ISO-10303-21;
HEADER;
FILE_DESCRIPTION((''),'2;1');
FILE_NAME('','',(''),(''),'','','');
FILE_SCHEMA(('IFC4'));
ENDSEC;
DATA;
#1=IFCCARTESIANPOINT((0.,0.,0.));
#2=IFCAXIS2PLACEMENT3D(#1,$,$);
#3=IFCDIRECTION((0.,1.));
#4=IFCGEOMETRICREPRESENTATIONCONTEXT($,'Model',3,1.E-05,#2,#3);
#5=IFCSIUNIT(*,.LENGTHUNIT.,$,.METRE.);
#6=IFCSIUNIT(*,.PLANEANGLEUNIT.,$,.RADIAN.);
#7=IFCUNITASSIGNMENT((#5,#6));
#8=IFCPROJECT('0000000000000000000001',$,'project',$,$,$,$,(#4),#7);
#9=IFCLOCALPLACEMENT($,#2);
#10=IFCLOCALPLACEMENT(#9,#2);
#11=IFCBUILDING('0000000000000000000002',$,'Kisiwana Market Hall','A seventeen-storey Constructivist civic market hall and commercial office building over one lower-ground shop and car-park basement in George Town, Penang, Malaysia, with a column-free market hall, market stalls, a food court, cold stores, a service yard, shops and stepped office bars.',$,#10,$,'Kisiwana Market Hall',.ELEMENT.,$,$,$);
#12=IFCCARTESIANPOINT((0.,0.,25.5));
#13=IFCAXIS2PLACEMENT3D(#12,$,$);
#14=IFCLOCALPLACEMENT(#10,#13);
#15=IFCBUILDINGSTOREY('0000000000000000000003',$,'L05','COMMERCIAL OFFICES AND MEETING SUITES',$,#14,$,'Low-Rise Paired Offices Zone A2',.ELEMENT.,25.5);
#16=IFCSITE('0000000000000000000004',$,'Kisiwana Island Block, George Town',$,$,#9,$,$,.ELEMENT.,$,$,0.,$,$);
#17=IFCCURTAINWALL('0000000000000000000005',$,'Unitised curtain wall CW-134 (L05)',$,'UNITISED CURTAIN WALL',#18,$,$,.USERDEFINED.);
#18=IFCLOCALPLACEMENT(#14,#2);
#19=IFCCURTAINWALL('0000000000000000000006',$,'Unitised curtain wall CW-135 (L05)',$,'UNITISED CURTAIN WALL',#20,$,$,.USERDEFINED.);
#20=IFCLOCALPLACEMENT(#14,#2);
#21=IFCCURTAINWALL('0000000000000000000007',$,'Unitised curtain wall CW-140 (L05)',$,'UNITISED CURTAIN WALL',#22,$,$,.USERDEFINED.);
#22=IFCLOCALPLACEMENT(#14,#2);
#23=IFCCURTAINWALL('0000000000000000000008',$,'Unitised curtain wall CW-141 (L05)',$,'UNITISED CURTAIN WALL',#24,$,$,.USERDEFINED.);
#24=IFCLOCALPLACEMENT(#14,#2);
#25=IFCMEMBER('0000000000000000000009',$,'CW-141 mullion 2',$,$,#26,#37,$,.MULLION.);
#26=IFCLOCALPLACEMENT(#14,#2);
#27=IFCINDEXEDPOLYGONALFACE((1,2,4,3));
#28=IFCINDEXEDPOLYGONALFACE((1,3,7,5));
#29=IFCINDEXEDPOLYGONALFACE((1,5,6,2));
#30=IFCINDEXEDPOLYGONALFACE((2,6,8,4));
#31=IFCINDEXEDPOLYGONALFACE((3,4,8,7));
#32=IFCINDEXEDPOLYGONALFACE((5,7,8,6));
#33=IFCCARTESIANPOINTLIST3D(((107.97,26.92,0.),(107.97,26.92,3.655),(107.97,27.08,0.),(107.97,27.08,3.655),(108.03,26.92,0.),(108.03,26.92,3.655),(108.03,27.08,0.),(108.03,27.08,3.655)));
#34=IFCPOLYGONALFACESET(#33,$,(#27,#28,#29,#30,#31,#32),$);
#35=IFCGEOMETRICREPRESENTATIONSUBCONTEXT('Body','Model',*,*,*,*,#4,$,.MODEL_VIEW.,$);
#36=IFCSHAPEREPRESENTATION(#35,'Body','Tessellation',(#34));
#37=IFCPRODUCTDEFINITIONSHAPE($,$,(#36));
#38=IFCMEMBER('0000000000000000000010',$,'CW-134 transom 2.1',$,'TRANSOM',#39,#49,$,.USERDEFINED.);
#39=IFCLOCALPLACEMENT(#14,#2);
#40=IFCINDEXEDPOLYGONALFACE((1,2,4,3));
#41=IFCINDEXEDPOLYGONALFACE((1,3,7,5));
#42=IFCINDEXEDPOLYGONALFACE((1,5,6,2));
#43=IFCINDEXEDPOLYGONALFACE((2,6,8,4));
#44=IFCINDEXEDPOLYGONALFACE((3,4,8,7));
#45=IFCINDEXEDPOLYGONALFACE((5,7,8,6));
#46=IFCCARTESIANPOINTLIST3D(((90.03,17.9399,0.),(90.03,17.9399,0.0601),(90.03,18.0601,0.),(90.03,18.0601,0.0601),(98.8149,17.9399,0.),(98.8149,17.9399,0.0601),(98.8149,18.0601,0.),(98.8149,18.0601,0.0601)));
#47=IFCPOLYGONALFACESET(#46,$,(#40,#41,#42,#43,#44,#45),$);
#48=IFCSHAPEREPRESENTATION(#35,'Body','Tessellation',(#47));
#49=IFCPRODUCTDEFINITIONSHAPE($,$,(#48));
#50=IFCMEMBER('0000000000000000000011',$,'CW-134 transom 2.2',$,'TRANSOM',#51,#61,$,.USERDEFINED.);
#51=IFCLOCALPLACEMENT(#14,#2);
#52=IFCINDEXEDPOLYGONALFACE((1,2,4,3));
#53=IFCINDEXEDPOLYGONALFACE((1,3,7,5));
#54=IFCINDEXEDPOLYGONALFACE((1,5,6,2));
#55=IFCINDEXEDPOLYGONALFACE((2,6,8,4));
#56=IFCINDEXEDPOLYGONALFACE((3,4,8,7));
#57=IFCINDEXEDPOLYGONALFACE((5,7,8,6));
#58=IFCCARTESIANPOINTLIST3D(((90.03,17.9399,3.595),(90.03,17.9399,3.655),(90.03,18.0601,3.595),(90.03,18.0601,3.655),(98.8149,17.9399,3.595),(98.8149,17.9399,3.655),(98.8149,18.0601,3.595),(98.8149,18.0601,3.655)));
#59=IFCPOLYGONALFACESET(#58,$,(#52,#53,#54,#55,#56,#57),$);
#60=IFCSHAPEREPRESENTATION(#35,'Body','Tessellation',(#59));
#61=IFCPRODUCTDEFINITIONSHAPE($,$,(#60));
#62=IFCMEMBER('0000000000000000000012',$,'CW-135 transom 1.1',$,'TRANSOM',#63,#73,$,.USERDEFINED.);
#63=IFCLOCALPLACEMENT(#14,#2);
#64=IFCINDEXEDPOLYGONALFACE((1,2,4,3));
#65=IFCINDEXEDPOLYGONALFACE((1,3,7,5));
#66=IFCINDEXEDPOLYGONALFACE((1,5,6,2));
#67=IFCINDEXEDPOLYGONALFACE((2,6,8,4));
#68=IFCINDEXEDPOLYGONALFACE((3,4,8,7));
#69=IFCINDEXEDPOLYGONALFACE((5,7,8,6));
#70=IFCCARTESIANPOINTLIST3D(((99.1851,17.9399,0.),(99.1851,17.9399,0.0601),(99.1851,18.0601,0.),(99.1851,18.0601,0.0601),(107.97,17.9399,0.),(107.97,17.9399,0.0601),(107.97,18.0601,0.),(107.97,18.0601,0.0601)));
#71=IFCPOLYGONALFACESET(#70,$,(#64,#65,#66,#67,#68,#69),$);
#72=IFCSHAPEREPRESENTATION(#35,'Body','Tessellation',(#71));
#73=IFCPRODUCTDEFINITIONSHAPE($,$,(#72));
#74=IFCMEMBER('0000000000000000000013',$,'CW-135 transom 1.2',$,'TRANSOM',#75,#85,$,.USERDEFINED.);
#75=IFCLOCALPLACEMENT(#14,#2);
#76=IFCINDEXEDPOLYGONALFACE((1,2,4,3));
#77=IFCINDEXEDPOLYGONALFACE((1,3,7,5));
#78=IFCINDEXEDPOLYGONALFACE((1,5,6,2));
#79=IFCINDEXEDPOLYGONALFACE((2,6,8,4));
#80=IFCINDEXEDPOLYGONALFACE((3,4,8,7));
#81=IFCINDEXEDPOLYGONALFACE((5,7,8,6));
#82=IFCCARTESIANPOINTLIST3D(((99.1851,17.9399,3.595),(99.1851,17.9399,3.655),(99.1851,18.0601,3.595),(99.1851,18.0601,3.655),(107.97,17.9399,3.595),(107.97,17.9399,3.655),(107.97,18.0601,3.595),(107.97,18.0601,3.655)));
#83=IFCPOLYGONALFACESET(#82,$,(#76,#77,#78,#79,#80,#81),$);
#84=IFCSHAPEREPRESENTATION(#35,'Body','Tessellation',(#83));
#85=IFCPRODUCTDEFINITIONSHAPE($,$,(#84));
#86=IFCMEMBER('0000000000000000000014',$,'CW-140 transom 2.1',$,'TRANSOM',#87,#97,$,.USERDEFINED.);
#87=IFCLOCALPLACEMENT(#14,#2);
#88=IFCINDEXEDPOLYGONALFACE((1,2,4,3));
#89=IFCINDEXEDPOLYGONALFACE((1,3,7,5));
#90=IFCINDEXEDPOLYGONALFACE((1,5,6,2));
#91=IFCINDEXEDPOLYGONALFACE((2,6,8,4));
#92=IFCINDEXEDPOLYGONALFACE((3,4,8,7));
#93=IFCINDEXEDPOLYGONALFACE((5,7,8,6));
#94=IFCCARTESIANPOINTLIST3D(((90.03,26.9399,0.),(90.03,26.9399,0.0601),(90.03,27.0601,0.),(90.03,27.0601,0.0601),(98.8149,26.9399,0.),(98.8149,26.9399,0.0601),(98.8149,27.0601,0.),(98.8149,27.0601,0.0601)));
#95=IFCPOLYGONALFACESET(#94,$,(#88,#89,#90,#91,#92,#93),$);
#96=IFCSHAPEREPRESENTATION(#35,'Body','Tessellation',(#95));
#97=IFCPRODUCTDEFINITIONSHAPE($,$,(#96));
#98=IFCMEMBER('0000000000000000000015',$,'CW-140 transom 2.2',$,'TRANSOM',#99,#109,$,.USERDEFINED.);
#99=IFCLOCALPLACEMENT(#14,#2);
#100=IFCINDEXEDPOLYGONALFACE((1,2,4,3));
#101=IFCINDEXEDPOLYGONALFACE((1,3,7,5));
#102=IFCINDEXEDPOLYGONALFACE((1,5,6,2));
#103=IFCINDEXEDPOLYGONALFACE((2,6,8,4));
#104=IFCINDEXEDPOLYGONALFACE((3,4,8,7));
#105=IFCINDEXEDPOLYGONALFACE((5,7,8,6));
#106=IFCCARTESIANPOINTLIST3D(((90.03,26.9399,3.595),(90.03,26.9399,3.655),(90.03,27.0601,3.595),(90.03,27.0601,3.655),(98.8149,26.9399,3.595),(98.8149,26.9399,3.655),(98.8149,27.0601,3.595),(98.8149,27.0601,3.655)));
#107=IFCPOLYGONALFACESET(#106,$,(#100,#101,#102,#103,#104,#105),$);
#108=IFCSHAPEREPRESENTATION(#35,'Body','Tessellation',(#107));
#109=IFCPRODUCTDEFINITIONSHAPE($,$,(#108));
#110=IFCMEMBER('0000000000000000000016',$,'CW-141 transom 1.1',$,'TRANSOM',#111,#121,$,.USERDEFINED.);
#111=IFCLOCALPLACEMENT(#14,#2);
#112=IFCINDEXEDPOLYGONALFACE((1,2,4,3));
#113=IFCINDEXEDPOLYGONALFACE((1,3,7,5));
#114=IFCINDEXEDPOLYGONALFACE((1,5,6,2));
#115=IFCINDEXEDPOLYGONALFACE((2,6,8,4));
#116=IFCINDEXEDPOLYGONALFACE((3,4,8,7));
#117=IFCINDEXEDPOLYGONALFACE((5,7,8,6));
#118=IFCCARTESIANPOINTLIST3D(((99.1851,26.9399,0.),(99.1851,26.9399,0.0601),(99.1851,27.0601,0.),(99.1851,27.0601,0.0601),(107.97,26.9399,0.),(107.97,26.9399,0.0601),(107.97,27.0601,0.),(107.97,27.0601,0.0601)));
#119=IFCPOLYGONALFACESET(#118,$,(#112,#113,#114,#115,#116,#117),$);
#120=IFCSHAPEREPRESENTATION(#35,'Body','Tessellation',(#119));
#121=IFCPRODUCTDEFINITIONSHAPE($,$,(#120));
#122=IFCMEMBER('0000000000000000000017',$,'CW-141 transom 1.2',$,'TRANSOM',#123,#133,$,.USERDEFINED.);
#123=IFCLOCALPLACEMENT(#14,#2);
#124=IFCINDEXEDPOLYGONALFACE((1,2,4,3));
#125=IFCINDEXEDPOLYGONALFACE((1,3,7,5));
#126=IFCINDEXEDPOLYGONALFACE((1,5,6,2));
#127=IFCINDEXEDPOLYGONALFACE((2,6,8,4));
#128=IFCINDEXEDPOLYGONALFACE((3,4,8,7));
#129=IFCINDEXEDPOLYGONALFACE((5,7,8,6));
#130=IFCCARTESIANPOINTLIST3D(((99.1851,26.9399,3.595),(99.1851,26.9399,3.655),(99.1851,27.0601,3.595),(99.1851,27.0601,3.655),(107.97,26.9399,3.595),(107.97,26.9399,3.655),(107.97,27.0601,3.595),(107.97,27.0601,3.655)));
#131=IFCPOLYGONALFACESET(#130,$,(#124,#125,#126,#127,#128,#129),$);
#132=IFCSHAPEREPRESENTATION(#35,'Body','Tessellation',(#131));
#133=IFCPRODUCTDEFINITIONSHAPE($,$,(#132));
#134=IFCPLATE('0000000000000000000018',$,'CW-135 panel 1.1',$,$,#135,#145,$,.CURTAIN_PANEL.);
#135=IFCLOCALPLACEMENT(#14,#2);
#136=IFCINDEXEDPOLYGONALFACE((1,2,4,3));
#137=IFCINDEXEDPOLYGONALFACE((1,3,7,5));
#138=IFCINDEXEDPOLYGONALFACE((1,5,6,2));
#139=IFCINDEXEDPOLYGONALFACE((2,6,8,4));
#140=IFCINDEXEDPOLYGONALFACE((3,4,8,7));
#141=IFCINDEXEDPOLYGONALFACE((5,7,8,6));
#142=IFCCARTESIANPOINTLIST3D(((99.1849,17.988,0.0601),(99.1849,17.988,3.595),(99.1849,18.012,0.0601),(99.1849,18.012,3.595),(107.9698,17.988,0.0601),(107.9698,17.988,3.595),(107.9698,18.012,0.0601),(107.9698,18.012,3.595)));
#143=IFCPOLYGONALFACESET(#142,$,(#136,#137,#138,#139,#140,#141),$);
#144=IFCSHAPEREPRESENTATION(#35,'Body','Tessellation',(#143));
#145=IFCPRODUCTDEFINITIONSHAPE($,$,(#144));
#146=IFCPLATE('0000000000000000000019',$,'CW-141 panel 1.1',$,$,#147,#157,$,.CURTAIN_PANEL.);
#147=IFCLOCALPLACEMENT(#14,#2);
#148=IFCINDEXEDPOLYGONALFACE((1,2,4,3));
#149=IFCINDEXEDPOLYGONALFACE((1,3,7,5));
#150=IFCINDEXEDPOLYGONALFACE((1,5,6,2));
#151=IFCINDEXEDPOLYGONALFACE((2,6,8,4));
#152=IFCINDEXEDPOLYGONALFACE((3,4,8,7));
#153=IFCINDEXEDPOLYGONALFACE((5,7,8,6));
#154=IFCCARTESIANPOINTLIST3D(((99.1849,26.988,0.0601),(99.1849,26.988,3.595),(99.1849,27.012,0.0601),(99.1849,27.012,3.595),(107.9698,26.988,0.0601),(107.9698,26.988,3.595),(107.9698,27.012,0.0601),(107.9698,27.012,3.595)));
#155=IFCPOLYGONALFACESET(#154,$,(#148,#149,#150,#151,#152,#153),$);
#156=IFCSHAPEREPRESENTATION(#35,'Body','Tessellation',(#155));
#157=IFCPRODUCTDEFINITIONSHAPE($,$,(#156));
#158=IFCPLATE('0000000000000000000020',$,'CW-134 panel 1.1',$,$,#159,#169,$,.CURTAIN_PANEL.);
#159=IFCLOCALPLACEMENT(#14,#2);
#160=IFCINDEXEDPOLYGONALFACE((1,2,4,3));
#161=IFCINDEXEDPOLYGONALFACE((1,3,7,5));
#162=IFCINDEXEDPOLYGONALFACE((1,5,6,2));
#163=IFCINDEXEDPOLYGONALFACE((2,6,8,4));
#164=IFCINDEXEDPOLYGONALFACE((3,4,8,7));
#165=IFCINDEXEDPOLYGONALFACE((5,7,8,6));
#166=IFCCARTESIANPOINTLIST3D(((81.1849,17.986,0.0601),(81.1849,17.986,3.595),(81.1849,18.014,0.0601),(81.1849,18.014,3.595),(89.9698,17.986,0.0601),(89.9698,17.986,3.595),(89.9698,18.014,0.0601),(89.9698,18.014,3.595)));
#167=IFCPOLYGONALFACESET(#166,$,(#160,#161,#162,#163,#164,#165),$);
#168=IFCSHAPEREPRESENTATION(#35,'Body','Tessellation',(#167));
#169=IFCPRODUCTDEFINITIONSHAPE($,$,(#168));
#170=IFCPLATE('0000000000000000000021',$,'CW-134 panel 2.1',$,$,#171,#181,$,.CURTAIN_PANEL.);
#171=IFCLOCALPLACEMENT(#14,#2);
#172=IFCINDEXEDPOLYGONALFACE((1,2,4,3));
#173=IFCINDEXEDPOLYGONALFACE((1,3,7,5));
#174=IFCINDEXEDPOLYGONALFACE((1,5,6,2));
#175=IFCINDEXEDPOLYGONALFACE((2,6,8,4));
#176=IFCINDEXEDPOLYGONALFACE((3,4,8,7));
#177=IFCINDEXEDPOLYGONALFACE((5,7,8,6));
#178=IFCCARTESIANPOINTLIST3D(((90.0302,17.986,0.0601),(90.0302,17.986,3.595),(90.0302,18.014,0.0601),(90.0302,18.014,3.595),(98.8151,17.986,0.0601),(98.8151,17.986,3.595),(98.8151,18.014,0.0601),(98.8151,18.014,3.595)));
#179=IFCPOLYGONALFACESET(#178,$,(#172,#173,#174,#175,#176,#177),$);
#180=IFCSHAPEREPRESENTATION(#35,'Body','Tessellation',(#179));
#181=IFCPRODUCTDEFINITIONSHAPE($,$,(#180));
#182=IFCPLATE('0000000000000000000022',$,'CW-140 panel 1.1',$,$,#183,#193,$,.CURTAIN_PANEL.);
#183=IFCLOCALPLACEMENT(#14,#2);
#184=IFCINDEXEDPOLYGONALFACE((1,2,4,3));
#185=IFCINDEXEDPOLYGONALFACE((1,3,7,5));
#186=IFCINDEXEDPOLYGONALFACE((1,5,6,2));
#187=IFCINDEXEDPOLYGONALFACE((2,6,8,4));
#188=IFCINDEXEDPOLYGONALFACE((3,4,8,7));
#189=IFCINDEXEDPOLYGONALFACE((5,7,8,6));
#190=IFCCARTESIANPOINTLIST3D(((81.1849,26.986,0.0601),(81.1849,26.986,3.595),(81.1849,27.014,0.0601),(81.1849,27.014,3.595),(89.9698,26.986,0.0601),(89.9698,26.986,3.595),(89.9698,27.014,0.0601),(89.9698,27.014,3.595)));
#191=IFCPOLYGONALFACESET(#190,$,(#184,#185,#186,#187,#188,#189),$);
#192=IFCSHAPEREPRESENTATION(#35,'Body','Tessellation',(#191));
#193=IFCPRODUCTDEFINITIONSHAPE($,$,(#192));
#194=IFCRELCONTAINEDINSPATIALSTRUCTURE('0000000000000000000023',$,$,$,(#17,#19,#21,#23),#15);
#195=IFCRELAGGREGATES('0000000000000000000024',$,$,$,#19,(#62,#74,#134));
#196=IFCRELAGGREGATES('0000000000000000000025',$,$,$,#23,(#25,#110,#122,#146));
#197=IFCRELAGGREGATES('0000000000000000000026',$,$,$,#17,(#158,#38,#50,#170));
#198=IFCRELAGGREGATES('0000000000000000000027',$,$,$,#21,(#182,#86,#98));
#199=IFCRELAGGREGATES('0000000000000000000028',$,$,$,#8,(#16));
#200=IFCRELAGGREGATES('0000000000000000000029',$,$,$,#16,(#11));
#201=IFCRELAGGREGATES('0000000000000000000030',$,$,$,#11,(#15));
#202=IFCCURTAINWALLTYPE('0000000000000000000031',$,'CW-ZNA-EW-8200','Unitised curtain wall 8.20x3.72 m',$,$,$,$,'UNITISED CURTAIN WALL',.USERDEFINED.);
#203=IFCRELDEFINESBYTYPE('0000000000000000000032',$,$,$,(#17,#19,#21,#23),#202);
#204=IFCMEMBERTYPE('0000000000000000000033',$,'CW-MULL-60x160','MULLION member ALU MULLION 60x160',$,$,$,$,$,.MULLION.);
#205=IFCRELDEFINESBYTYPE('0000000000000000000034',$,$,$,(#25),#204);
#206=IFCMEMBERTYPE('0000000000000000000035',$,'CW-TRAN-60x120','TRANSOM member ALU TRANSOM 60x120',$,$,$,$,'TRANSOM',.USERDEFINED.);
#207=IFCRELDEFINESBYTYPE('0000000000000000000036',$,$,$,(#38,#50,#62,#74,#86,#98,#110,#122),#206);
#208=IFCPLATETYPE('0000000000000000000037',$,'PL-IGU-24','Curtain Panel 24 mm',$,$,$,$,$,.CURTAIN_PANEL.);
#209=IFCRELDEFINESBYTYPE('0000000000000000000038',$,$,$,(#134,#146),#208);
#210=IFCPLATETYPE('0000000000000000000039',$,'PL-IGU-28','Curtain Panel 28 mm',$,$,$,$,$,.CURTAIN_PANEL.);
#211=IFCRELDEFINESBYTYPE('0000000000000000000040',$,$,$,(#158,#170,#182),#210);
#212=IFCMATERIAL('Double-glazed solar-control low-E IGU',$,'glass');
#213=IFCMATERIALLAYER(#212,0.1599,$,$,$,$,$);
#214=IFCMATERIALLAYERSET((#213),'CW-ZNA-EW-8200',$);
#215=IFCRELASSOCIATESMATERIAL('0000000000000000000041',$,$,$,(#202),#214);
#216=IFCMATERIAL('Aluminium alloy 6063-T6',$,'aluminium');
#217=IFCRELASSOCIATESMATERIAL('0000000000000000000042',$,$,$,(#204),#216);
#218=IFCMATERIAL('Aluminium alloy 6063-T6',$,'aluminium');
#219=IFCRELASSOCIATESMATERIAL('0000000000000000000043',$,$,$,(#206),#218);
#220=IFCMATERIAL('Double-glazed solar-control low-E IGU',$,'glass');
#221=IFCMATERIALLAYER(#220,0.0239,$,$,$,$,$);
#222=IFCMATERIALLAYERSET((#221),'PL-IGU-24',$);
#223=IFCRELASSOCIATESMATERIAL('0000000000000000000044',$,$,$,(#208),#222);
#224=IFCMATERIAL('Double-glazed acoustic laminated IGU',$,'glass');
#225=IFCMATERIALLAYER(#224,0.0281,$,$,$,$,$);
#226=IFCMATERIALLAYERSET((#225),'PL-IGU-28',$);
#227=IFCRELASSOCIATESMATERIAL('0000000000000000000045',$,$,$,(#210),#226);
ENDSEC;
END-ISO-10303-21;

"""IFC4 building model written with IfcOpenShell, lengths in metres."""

from ifc_helpers import new_model, si_unit, direction, frame, origin, origin_2d, place, context, subcontext, project, spatial, rectangle, extrude, material, layer, layer_set, material_profile, profile_set, type_object, element, aggregate, save


model = new_model("IFC4")

# Units and contexts
model_context = context("Model", 3, precision=1e-05, world=origin(), true_north=direction((0.0, 1.0)))
body_context = subcontext(model_context, "Body", "Model", "MODEL_VIEW")
ifc_project = project(units=[si_unit("LENGTHUNIT", "METRE"), si_unit("PLANEANGLEUNIT", "RADIAN")], contexts=[model_context])

# Site, building, storey
site_placement = place(None, origin())
site = spatial("IfcSite", under=ifc_project, at=site_placement, Name="Kisiwana Island Block, George Town", CompositionType="ELEMENT", RefElevation=0.0)
building_placement = place(site_placement, origin())
building = spatial("IfcBuilding", under=site, at=building_placement, Name="Kisiwana Market Hall", Description="A seventeen-storey Constructivist civic market hall and commercial office building over one lower-ground shop and car-park basement in George Town, Penang, Malaysia, with a column-free market hall, market stalls, a food court, cold stores, a service yard, shops and stepped office bars.", LongName="Kisiwana Market Hall", CompositionType="ELEMENT")
storey_placement = place(building_placement, frame((0.0, 0.0, 25.5)))
storey = spatial("IfcBuildingStorey", under=building, at=storey_placement, Name="L05", Description="COMMERCIAL OFFICES AND MEETING SUITES", LongName="Low-Rise Paired Offices Zone A2", CompositionType="ELEMENT", Elevation=25.5)

# Curtain walls, member
ifc_material_1 = material(Name="Double-glazed solar-control low-E IGU", Category="glass")
ifc_layer_1 = layer(ifc_material_1, 0.1599)
ifc_layer_set_1 = layer_set([ifc_layer_1], Name="CW-ZNA-EW-8200")
curtain_wall_type = type_object("IfcCurtainWallType", Name="CW-ZNA-EW-8200", Description="Unitised curtain wall 8.20x3.72 m", ElementType="UNITISED CURTAIN WALL", PredefinedType="USERDEFINED", material=ifc_layer_set_1)
curtain_wall_1_placement = place(storey_placement, origin())
curtain_wall_1 = element("IfcCurtainWall", 1, at=curtain_wall_1_placement, inside=storey, type_object=curtain_wall_type, Name="Unitised curtain wall CW-134 (L05)", ObjectType="UNITISED CURTAIN WALL", PredefinedType="USERDEFINED")
ifc_material_2 = material(Name="Aluminium alloy 6063-T6", Category="aluminium")
ifc_material_profile_1 = material_profile(ifc_material_2, rectangle(XDim=0.0601, YDim=0.1599, at=origin_2d()), Name="ALU MULLION 60x160")
ifc_profile_set_1 = profile_set([ifc_material_profile_1], Name="Aluminium alloy 6063-T6")
member_type_1 = type_object("IfcMemberType", Name="CW-MULL-60x160", Description="MULLION member ALU MULLION 60x160", PredefinedType="MULLION", material=ifc_profile_set_1)
curtain_wall_2_placement = place(storey_placement, origin())
curtain_wall_2 = element("IfcCurtainWall", 2, at=curtain_wall_2_placement, inside=storey, type_object=curtain_wall_type, Name="Unitised curtain wall CW-135 (L05)", ObjectType="UNITISED CURTAIN WALL", PredefinedType="USERDEFINED")
curtain_wall_3_placement = place(storey_placement, origin())
curtain_wall_3 = element("IfcCurtainWall", 3, at=curtain_wall_3_placement, inside=storey, type_object=curtain_wall_type, Name="Unitised curtain wall CW-140 (L05)", ObjectType="UNITISED CURTAIN WALL", PredefinedType="USERDEFINED")
curtain_wall_4_placement = place(storey_placement, origin())
curtain_wall_4 = element("IfcCurtainWall", 4, at=curtain_wall_4_placement, inside=storey, type_object=curtain_wall_type, Name="Unitised curtain wall CW-141 (L05)", ObjectType="UNITISED CURTAIN WALL", PredefinedType="USERDEFINED")
member_1_placement = place(storey_placement, frame((108.0, 27.0, 0.0), z_axis=(0.0, 0.0, 1.0), x_axis=(1.0, 0.0, 0.0)))
member_1 = element("IfcMember", 5, at=member_1_placement, type_object=member_type_1, Name="CW-141 mullion 2", PredefinedType="MULLION", context=body_context, shape_type="SweptSolid", body=[
    extrude(rectangle(XDim=0.0601, YDim=0.1599, at=origin_2d()), origin(), (0.0, 0.0, 1.0), 3.655),
])

# Members
ifc_material_3 = material(Name="Aluminium alloy 6063-T6", Category="aluminium")
ifc_material_profile_2 = material_profile(ifc_material_3, rectangle(XDim=0.1201, YDim=0.0601, at=origin_2d()), Name="ALU TRANSOM 60x120")
ifc_profile_set_2 = profile_set([ifc_material_profile_2], Name="Aluminium alloy 6063-T6")
member_type_2 = type_object("IfcMemberType", Name="CW-TRAN-60x120", Description="TRANSOM member ALU TRANSOM 60x120", ElementType="TRANSOM", PredefinedType="USERDEFINED", material=ifc_profile_set_2)
member_2_placement = place(storey_placement, frame((90.03, 18.0, 0.03), z_axis=(1.0, 0.0, 0.0), x_axis=(0.0, 1.0, 0.0)))
member_2 = element("IfcMember", 6, at=member_2_placement, type_object=member_type_2, Name="CW-134 transom 2.1", ObjectType="TRANSOM", PredefinedType="USERDEFINED", context=body_context, shape_type="SweptSolid", body=[
    extrude(rectangle(XDim=0.1201, YDim=0.0601, at=origin_2d()), origin(), (0.0, 0.0, 1.0), 8.7849),
])
member_3_placement = place(storey_placement, frame((90.03, 18.0, 3.625), z_axis=(1.0, 0.0, 0.0), x_axis=(0.0, 1.0, 0.0)))
member_3 = element("IfcMember", 7, at=member_3_placement, type_object=member_type_2, Name="CW-134 transom 2.2", ObjectType="TRANSOM", PredefinedType="USERDEFINED", context=body_context, shape_type="SweptSolid", body=[
    extrude(rectangle(XDim=0.1201, YDim=0.0601, at=origin_2d()), origin(), (0.0, 0.0, 1.0), 8.7849),
])
member_4_placement = place(storey_placement, frame((99.1851, 18.0, 0.03), z_axis=(1.0, 0.0, 0.0), x_axis=(0.0, 1.0, 0.0)))
member_4 = element("IfcMember", 8, at=member_4_placement, type_object=member_type_2, Name="CW-135 transom 1.1", ObjectType="TRANSOM", PredefinedType="USERDEFINED", context=body_context, shape_type="SweptSolid", body=[
    extrude(rectangle(XDim=0.1201, YDim=0.0601, at=origin_2d()), origin(), (0.0, 0.0, 1.0), 8.7849),
])
member_5_placement = place(storey_placement, frame((99.1851, 18.0, 3.625), z_axis=(1.0, 0.0, 0.0), x_axis=(0.0, 1.0, 0.0)))
member_5 = element("IfcMember", 9, at=member_5_placement, type_object=member_type_2, Name="CW-135 transom 1.2", ObjectType="TRANSOM", PredefinedType="USERDEFINED", context=body_context, shape_type="SweptSolid", body=[
    extrude(rectangle(XDim=0.1201, YDim=0.0601, at=origin_2d()), origin(), (0.0, 0.0, 1.0), 8.7849),
])
member_6_placement = place(storey_placement, frame((90.03, 27.0, 0.03), z_axis=(1.0, 0.0, 0.0), x_axis=(0.0, 1.0, 0.0)))
member_6 = element("IfcMember", 10, at=member_6_placement, type_object=member_type_2, Name="CW-140 transom 2.1", ObjectType="TRANSOM", PredefinedType="USERDEFINED", context=body_context, shape_type="SweptSolid", body=[
    extrude(rectangle(XDim=0.1201, YDim=0.0601, at=origin_2d()), origin(), (0.0, 0.0, 1.0), 8.7849),
])
member_7_placement = place(storey_placement, frame((90.03, 27.0, 3.625), z_axis=(1.0, 0.0, 0.0), x_axis=(0.0, 1.0, 0.0)))
member_7 = element("IfcMember", 11, at=member_7_placement, type_object=member_type_2, Name="CW-140 transom 2.2", ObjectType="TRANSOM", PredefinedType="USERDEFINED", context=body_context, shape_type="SweptSolid", body=[
    extrude(rectangle(XDim=0.1201, YDim=0.0601, at=origin_2d()), origin(), (0.0, 0.0, 1.0), 8.7849),
])
member_8_placement = place(storey_placement, frame((99.1851, 27.0, 0.03), z_axis=(1.0, 0.0, 0.0), x_axis=(0.0, 1.0, 0.0)))
member_8 = element("IfcMember", 12, at=member_8_placement, type_object=member_type_2, Name="CW-141 transom 1.1", ObjectType="TRANSOM", PredefinedType="USERDEFINED", context=body_context, shape_type="SweptSolid", body=[
    extrude(rectangle(XDim=0.1201, YDim=0.0601, at=origin_2d()), origin(), (0.0, 0.0, 1.0), 8.7849),
])
member_9_placement = place(storey_placement, frame((99.1851, 27.0, 3.625), z_axis=(1.0, 0.0, 0.0), x_axis=(0.0, 1.0, 0.0)))
member_9 = element("IfcMember", 13, at=member_9_placement, type_object=member_type_2, Name="CW-141 transom 1.2", ObjectType="TRANSOM", PredefinedType="USERDEFINED", context=body_context, shape_type="SweptSolid", body=[
    extrude(rectangle(XDim=0.1201, YDim=0.0601, at=origin_2d()), origin(), (0.0, 0.0, 1.0), 8.7849),
])

# Plates
ifc_material_4 = material(Name="Double-glazed solar-control low-E IGU", Category="glass")
ifc_layer_2 = layer(ifc_material_4, 0.0239)
ifc_layer_set_2 = layer_set([ifc_layer_2], Name="PL-IGU-24")
plate_type_1 = type_object("IfcPlateType", Name="PL-IGU-24", Description="Curtain Panel 24 mm", PredefinedType="CURTAIN_PANEL", material=ifc_layer_set_2)
plate_1_placement = place(storey_placement, frame((103.5774, 18.0, 0.0601), z_axis=(0.0, 0.0, 1.0), x_axis=(1.0, 0.0, 0.0)))
plate_1 = element("IfcPlate", 14, at=plate_1_placement, type_object=plate_type_1, Name="CW-135 panel 1.1", PredefinedType="CURTAIN_PANEL", context=body_context, shape_type="SweptSolid", body=[
    extrude(rectangle(XDim=8.7849, YDim=0.0239, at=origin_2d()), origin(), (0.0, 0.0, 1.0), 3.5349),
])
aggregate(curtain_wall_2, [member_4, member_5, plate_1])
plate_2_placement = place(storey_placement, frame((103.5774, 27.0, 0.0601), z_axis=(0.0, 0.0, 1.0), x_axis=(1.0, 0.0, 0.0)))
plate_2 = element("IfcPlate", 15, at=plate_2_placement, type_object=plate_type_1, Name="CW-141 panel 1.1", PredefinedType="CURTAIN_PANEL", context=body_context, shape_type="SweptSolid", body=[
    extrude(rectangle(XDim=8.7849, YDim=0.0239, at=origin_2d()), origin(), (0.0, 0.0, 1.0), 3.5349),
])
aggregate(curtain_wall_4, [member_1, member_8, member_9, plate_2])
ifc_material_5 = material(Name="Double-glazed acoustic laminated IGU", Category="glass")
ifc_layer_3 = layer(ifc_material_5, 0.0281)
ifc_layer_set_3 = layer_set([ifc_layer_3], Name="PL-IGU-28")
plate_type_2 = type_object("IfcPlateType", Name="PL-IGU-28", Description="Curtain Panel 28 mm", PredefinedType="CURTAIN_PANEL", material=ifc_layer_set_3)
plate_3_placement = place(storey_placement, frame((85.5774, 18.0, 0.0601), z_axis=(0.0, 0.0, 1.0), x_axis=(1.0, 0.0, 0.0)))
plate_3 = element("IfcPlate", 16, at=plate_3_placement, type_object=plate_type_2, Name="CW-134 panel 1.1", PredefinedType="CURTAIN_PANEL", context=body_context, shape_type="SweptSolid", body=[
    extrude(rectangle(XDim=8.7849, YDim=0.0281, at=origin_2d()), origin(), (0.0, 0.0, 1.0), 3.5349),
])
plate_4_placement = place(storey_placement, frame((94.4226, 18.0, 0.0601), z_axis=(0.0, 0.0, 1.0), x_axis=(1.0, 0.0, 0.0)))
plate_4 = element("IfcPlate", 17, at=plate_4_placement, type_object=plate_type_2, Name="CW-134 panel 2.1", PredefinedType="CURTAIN_PANEL", context=body_context, shape_type="SweptSolid", body=[
    extrude(rectangle(XDim=8.7849, YDim=0.0281, at=origin_2d()), origin(), (0.0, 0.0, 1.0), 3.5349),
])
aggregate(curtain_wall_1, [plate_3, member_2, member_3, plate_4])
plate_5_placement = place(storey_placement, frame((85.5774, 27.0, 0.0601), z_axis=(0.0, 0.0, 1.0), x_axis=(1.0, 0.0, 0.0)))
plate_5 = element("IfcPlate", 18, at=plate_5_placement, type_object=plate_type_2, Name="CW-140 panel 1.1", PredefinedType="CURTAIN_PANEL", context=body_context, shape_type="SweptSolid", body=[
    extrude(rectangle(XDim=8.7849, YDim=0.0281, at=origin_2d()), origin(), (0.0, 0.0, 1.0), 3.5349),
])
aggregate(curtain_wall_3, [plate_5, member_6, member_7])

save(model, "model.ifc")
